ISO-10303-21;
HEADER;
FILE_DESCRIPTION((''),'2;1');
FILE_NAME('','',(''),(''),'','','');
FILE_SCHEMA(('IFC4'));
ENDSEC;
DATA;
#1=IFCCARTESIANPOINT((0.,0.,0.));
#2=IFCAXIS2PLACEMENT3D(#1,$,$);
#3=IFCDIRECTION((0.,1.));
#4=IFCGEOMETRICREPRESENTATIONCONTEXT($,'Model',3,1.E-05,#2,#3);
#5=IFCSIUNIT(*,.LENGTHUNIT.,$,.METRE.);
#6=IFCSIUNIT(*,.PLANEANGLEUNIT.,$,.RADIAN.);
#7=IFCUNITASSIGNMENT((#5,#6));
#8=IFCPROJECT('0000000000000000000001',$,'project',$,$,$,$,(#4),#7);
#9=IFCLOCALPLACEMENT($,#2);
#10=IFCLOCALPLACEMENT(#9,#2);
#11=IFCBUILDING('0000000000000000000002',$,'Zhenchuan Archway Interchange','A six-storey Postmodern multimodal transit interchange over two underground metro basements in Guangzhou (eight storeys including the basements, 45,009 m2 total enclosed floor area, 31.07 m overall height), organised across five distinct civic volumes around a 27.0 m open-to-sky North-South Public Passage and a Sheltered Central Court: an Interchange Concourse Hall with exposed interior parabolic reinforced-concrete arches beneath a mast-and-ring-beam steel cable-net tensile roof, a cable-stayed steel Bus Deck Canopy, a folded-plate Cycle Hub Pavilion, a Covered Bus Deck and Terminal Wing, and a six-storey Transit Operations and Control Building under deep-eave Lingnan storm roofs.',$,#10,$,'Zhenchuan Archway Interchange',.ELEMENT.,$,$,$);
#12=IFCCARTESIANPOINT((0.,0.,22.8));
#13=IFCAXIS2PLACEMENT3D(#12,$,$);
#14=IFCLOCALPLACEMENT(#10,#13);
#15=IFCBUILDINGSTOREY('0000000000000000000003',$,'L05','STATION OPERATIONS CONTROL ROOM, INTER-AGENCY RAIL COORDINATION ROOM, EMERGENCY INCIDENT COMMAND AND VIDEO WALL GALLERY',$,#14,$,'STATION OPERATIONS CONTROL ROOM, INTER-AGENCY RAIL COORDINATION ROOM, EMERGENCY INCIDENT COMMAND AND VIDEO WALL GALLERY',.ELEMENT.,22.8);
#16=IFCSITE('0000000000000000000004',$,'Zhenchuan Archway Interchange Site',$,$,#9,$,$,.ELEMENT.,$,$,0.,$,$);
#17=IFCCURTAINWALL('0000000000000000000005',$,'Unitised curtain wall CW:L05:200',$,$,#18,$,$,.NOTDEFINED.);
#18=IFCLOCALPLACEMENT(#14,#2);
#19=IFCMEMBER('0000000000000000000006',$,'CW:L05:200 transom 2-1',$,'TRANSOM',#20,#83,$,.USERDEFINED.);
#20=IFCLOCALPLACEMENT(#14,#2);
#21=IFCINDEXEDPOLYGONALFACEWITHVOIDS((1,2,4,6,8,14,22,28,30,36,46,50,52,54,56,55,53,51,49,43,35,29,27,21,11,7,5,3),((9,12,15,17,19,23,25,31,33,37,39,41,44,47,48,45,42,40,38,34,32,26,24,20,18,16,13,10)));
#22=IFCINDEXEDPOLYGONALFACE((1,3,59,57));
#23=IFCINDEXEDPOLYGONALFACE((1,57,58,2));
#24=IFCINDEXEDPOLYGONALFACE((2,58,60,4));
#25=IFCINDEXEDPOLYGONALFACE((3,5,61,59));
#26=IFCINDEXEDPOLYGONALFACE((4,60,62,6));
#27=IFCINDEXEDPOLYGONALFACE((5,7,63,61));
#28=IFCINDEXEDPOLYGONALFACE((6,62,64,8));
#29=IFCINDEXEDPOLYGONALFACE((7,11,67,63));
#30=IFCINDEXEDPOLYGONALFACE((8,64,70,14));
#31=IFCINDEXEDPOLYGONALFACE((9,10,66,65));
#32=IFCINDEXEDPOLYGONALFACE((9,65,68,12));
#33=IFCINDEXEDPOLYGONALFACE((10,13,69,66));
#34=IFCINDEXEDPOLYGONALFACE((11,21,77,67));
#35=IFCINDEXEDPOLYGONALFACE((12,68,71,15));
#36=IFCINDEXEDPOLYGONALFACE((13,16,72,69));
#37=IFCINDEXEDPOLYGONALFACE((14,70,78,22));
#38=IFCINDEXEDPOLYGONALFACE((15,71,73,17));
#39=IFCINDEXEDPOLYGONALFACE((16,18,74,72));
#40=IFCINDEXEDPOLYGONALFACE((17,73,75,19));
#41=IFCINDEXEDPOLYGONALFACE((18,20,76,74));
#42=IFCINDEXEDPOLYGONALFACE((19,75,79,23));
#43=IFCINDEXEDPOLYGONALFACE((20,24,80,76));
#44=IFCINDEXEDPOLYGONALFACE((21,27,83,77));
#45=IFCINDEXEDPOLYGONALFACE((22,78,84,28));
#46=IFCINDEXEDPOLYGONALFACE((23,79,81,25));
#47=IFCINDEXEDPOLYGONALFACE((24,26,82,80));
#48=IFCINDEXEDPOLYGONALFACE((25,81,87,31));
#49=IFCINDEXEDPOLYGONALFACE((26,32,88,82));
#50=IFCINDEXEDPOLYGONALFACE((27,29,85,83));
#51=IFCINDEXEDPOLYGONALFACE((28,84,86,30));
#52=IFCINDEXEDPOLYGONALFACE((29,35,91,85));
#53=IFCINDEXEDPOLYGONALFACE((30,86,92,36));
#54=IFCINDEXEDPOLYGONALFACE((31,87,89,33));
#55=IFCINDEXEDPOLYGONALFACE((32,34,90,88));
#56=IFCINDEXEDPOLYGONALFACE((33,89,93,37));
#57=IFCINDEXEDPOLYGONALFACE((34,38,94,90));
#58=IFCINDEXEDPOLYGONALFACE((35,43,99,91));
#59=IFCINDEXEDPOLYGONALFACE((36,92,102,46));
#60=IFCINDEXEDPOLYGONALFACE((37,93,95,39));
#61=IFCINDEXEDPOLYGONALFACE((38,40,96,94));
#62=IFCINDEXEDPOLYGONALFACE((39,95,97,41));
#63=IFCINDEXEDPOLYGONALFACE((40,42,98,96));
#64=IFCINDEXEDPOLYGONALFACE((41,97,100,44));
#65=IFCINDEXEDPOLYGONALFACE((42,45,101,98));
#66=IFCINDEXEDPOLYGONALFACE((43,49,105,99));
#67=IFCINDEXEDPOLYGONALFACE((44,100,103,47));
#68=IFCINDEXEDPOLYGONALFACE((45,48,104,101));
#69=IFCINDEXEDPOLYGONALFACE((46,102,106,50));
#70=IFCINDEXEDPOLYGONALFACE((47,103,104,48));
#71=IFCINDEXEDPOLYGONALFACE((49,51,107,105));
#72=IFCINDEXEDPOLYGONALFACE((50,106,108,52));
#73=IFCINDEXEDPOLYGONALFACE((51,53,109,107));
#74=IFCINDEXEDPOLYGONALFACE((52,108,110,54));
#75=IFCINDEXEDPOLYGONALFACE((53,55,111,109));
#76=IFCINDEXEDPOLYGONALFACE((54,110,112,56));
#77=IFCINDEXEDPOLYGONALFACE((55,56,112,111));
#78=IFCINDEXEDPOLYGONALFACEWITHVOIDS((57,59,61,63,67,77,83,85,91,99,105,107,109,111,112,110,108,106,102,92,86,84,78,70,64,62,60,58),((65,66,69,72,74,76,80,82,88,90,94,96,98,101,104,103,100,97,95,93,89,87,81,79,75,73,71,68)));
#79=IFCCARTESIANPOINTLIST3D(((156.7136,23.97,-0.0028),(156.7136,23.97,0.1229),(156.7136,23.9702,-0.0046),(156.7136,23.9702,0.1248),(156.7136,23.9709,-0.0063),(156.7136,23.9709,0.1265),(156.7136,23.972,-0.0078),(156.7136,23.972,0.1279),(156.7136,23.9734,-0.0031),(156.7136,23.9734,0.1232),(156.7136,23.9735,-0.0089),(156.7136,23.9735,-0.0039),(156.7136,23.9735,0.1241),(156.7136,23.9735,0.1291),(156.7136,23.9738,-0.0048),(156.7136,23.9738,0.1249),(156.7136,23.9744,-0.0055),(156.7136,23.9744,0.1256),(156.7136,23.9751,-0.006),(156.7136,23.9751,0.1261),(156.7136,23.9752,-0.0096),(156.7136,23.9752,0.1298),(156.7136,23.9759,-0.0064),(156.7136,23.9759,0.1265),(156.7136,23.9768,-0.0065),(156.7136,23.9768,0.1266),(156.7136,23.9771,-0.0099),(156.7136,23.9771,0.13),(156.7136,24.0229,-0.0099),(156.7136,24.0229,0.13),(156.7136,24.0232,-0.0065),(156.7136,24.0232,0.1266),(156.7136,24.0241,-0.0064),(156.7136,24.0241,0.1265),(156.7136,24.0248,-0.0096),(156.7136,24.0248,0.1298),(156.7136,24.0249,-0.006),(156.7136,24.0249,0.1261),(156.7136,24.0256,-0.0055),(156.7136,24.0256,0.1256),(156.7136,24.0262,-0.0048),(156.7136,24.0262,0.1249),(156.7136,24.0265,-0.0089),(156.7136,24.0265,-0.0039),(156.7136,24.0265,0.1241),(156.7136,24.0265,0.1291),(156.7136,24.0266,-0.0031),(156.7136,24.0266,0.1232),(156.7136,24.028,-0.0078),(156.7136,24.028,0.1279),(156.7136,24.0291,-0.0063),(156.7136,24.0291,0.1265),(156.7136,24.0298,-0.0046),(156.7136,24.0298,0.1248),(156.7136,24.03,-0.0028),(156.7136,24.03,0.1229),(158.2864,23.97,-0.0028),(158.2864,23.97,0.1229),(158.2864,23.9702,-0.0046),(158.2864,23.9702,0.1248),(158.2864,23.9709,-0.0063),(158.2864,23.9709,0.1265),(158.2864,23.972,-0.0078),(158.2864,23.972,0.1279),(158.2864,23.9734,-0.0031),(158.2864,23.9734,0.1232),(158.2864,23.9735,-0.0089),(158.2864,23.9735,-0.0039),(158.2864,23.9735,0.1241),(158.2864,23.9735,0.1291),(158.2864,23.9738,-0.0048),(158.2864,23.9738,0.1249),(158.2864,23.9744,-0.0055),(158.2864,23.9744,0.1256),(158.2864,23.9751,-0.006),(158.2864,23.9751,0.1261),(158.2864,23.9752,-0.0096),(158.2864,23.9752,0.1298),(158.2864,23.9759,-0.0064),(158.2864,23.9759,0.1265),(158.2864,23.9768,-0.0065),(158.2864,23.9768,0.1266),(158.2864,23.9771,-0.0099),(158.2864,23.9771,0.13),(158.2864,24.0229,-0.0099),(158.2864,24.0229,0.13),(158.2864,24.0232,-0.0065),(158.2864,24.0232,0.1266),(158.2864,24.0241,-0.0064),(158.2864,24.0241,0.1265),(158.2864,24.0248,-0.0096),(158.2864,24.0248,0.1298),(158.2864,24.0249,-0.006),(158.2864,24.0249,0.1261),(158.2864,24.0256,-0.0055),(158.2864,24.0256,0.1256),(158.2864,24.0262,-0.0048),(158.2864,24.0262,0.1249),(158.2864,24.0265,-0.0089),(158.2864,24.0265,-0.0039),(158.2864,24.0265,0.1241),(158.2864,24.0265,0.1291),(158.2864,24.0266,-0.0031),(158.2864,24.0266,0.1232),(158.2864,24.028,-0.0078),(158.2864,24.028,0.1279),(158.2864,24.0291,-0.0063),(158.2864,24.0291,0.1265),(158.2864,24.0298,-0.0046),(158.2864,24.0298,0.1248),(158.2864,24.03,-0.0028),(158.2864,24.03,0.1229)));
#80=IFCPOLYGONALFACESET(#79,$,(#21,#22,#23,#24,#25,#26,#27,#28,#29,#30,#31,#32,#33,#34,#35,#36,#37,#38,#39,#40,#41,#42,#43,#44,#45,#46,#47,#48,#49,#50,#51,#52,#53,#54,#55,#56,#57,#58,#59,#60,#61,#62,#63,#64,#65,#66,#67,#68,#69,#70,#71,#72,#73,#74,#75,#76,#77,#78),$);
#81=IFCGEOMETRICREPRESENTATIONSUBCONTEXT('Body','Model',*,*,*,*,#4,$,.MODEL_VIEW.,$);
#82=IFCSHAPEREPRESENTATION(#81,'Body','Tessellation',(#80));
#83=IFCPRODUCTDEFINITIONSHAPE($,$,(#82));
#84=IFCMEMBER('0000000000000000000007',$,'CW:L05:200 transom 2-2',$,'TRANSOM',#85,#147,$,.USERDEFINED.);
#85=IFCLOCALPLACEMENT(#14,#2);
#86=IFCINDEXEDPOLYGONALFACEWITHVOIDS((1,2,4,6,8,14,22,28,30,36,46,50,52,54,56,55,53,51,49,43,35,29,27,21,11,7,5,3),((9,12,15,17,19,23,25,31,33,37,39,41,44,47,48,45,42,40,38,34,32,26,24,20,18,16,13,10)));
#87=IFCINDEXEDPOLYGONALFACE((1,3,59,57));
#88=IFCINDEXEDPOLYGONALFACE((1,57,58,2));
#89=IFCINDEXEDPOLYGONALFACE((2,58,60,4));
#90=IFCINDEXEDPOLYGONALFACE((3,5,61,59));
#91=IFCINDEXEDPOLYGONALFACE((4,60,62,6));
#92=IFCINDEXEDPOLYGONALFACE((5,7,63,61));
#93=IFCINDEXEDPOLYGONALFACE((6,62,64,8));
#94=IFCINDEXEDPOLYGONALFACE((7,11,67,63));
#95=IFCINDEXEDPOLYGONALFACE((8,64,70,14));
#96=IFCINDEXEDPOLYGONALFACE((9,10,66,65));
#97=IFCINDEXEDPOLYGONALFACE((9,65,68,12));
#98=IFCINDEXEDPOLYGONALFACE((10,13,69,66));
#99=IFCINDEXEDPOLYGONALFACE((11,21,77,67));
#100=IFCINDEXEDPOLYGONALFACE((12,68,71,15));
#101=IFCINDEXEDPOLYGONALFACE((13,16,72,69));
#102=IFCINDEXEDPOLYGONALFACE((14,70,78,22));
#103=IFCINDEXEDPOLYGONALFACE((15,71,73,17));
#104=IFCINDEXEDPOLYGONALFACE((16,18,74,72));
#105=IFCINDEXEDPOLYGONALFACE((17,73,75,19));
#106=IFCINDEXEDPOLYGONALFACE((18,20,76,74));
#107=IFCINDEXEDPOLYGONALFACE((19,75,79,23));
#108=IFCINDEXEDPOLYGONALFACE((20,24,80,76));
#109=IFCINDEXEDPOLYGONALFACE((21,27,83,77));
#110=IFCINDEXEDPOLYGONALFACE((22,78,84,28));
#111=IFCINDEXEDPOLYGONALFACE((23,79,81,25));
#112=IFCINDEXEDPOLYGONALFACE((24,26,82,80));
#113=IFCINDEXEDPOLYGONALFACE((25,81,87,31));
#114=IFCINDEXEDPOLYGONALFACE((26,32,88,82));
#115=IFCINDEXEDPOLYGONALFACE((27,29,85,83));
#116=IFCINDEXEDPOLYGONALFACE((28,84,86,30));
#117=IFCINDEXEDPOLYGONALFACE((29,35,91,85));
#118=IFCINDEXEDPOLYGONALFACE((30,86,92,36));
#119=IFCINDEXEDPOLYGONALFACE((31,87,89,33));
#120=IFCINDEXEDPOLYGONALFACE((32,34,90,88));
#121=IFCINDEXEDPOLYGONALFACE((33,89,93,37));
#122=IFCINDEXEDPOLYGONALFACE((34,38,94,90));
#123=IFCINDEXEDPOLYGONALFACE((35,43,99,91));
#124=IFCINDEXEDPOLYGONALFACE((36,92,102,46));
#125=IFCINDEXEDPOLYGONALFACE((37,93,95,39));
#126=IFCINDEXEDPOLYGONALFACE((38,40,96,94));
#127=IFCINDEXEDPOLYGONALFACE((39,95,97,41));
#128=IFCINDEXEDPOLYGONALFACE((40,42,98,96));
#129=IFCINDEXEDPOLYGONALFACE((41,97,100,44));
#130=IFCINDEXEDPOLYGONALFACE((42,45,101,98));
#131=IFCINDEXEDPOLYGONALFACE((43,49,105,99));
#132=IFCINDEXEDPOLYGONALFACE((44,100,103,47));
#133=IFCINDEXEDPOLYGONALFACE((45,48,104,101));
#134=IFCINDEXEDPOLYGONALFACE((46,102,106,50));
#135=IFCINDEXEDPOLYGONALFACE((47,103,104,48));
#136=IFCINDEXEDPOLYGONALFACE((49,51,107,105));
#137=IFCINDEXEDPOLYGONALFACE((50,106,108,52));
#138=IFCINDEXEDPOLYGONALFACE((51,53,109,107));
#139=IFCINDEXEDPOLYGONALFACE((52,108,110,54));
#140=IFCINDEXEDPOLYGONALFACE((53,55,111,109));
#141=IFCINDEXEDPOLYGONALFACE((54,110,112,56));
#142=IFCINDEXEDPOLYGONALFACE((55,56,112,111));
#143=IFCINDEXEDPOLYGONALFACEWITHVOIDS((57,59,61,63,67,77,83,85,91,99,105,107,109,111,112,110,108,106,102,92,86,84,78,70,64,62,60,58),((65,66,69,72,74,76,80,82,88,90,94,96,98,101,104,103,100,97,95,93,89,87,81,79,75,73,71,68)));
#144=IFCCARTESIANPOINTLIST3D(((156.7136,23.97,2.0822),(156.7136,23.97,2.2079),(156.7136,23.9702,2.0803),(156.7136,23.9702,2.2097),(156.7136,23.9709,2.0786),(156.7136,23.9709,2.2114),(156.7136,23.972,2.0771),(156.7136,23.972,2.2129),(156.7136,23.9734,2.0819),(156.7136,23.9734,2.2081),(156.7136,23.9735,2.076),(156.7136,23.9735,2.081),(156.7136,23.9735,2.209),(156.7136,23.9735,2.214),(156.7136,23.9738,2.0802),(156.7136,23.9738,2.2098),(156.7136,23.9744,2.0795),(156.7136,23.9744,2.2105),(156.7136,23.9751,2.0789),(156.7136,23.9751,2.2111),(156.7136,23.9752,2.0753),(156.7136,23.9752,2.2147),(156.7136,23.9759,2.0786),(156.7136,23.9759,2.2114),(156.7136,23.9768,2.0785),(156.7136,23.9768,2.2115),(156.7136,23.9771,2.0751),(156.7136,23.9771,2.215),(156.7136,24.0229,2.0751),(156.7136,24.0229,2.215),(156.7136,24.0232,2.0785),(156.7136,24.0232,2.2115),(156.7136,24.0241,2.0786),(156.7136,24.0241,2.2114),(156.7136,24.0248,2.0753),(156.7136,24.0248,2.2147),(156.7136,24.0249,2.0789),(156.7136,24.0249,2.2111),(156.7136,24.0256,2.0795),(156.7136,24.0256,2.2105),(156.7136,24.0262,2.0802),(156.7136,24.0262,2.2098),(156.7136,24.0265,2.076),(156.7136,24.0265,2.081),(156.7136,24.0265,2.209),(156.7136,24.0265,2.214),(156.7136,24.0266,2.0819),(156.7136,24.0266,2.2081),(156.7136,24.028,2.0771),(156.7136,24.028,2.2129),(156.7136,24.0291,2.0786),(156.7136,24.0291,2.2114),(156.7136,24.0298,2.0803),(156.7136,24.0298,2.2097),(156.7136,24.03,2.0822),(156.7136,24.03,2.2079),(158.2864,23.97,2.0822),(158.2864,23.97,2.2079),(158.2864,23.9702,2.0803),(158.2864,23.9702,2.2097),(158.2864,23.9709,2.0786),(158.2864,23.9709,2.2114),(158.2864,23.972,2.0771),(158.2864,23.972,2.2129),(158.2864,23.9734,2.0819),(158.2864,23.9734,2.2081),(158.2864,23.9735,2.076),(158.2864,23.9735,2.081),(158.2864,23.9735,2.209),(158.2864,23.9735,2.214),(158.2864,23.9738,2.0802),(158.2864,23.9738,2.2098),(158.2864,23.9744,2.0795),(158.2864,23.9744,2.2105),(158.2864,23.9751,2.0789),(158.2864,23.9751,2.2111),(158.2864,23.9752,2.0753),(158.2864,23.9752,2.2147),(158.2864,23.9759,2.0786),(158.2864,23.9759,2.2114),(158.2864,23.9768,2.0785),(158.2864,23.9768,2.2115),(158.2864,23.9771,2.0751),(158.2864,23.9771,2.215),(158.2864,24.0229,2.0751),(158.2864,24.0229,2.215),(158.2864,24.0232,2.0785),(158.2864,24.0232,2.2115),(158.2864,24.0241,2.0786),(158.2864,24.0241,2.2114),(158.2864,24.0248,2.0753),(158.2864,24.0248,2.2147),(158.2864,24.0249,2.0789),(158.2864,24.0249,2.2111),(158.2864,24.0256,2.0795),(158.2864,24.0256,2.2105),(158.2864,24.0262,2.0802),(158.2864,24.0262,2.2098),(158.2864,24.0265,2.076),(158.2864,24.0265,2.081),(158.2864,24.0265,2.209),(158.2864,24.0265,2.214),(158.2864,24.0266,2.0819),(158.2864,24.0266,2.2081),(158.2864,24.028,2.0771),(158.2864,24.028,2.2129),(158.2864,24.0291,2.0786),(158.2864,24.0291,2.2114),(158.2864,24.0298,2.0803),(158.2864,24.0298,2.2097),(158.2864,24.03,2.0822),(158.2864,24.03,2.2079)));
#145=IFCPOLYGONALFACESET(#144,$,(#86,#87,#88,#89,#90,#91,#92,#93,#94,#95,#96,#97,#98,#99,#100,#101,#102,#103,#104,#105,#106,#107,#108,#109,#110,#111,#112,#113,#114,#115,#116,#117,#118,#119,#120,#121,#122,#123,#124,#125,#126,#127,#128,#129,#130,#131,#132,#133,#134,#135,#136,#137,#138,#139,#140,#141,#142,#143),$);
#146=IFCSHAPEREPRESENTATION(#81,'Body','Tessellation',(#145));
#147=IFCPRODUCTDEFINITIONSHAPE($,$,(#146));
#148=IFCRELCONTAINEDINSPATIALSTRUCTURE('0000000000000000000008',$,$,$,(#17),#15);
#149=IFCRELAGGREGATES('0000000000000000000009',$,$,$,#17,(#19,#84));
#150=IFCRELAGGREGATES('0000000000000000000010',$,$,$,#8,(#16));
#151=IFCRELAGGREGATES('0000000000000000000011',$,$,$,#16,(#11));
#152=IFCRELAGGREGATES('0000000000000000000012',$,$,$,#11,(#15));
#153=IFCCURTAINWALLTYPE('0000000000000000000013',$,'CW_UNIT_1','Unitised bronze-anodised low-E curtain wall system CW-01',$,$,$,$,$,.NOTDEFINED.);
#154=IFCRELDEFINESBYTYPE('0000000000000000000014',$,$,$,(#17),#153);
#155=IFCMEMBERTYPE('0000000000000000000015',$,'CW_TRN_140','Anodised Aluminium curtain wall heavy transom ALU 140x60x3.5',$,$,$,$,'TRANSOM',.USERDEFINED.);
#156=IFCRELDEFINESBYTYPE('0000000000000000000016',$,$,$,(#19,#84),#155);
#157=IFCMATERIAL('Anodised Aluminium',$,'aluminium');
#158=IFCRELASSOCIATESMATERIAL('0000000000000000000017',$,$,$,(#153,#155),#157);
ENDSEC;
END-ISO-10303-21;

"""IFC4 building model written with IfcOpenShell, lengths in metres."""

from ifc_helpers import new_model, si_unit, direction, frame, origin, origin_2d, place, context, subcontext, project, spatial, hollow_rectangle, extrude, material, material_profile, profile_set, type_object, element, aggregate, save


model = new_model("IFC4")

# Units and contexts
model_context = context("Model", 3, precision=1e-05, world=origin(), true_north=direction((0.0, 1.0)))
body_context = subcontext(model_context, "Body", "Model", "MODEL_VIEW")
ifc_project = project(units=[si_unit("LENGTHUNIT", "METRE"), si_unit("PLANEANGLEUNIT", "RADIAN")], contexts=[model_context])

# Site, building, storey
site_placement = place(None, origin())
site = spatial("IfcSite", under=ifc_project, at=site_placement, Name="Zhenchuan Archway Interchange Site", CompositionType="ELEMENT", RefElevation=0.0)
building_placement = place(site_placement, origin())
building = spatial("IfcBuilding", under=site, at=building_placement, Name="Zhenchuan Archway Interchange", Description="A six-storey Postmodern multimodal transit interchange over two underground metro basements in Guangzhou (eight storeys including the basements, 45,009 m2 total enclosed floor area, 31.07 m overall height), organised across five distinct civic volumes around a 27.0 m open-to-sky North-South Public Passage and a Sheltered Central Court: an Interchange Concourse Hall with exposed interior parabolic reinforced-concrete arches beneath a mast-and-ring-beam steel cable-net tensile roof, a cable-stayed steel Bus Deck Canopy, a folded-plate Cycle Hub Pavilion, a Covered Bus Deck and Terminal Wing, and a six-storey Transit Operations and Control Building under deep-eave Lingnan storm roofs.", LongName="Zhenchuan Archway Interchange", CompositionType="ELEMENT")
storey_placement = place(building_placement, frame((0.0, 0.0, 22.8)))
storey = spatial("IfcBuildingStorey", under=building, at=storey_placement, Name="L05", Description="STATION OPERATIONS CONTROL ROOM, INTER-AGENCY RAIL COORDINATION ROOM, EMERGENCY INCIDENT COMMAND AND VIDEO WALL GALLERY", LongName="STATION OPERATIONS CONTROL ROOM, INTER-AGENCY RAIL COORDINATION ROOM, EMERGENCY INCIDENT COMMAND AND VIDEO WALL GALLERY", CompositionType="ELEMENT", Elevation=22.8)

# Curtain wall, members
ifc_material_1 = material(Name="Anodised Aluminium", Category="aluminium")
curtain_wall_type = type_object("IfcCurtainWallType", Name="CW_UNIT_1", Description="Unitised bronze-anodised low-E curtain wall system CW-01", PredefinedType="NOTDEFINED", material=ifc_material_1)
curtain_wall_placement = place(storey_placement, origin())
curtain_wall = element("IfcCurtainWall", 1, at=curtain_wall_placement, inside=storey, type_object=curtain_wall_type, Name="Unitised curtain wall CW:L05:200", PredefinedType="NOTDEFINED")
ifc_material_profile_1 = material_profile(ifc_material_1, hollow_rectangle(XDim=0.0601, YDim=0.1399, WallThickness=0.0034, InnerFilletRadius=0.0034, OuterFilletRadius=0.0071, at=origin_2d()), Name="ALU 140x60x3.5")
ifc_profile_set_1 = profile_set([ifc_material_profile_1], Name="Anodised Aluminium")
member_type_1 = type_object("IfcMemberType", Name="CW_TRN_140", Description="Anodised Aluminium curtain wall heavy transom ALU 140x60x3.5", ElementType="TRANSOM", PredefinedType="USERDEFINED", material=ifc_profile_set_1)
member_1_placement = place(storey_placement, frame((158.2864, 24.0, 0.0601), z_axis=(-1.0, 0.0, 0.0), x_axis=(0.0, -1.0, 0.0)))
member_1 = element("IfcMember", 2, at=member_1_placement, type_object=member_type_1, Name="CW:L05:200 transom 2-1", ObjectType="TRANSOM", PredefinedType="USERDEFINED", context=body_context, shape_type="SweptSolid", body=[
    extrude(hollow_rectangle(XDim=0.0601, YDim=0.1399, WallThickness=0.0034, InnerFilletRadius=0.0034, OuterFilletRadius=0.0071, at=origin_2d()), origin(), (0.0, 0.0, 1.0), 1.5728),
])
member_2_placement = place(storey_placement, frame((158.2864, 24.0, 2.145), z_axis=(-1.0, 0.0, 0.0), x_axis=(0.0, -1.0, 0.0)))
member_2 = element("IfcMember", 3, at=member_2_placement, type_object=member_type_1, Name="CW:L05:200 transom 2-2", ObjectType="TRANSOM", PredefinedType="USERDEFINED", context=body_context, shape_type="SweptSolid", body=[
    extrude(hollow_rectangle(XDim=0.0601, YDim=0.1399, WallThickness=0.0034, InnerFilletRadius=0.0034, OuterFilletRadius=0.0071, at=origin_2d()), origin(), (0.0, 0.0, 1.0), 1.5728),
])

aggregate(curtain_wall, [member_1, member_2])

save(model, "model.ifc")
